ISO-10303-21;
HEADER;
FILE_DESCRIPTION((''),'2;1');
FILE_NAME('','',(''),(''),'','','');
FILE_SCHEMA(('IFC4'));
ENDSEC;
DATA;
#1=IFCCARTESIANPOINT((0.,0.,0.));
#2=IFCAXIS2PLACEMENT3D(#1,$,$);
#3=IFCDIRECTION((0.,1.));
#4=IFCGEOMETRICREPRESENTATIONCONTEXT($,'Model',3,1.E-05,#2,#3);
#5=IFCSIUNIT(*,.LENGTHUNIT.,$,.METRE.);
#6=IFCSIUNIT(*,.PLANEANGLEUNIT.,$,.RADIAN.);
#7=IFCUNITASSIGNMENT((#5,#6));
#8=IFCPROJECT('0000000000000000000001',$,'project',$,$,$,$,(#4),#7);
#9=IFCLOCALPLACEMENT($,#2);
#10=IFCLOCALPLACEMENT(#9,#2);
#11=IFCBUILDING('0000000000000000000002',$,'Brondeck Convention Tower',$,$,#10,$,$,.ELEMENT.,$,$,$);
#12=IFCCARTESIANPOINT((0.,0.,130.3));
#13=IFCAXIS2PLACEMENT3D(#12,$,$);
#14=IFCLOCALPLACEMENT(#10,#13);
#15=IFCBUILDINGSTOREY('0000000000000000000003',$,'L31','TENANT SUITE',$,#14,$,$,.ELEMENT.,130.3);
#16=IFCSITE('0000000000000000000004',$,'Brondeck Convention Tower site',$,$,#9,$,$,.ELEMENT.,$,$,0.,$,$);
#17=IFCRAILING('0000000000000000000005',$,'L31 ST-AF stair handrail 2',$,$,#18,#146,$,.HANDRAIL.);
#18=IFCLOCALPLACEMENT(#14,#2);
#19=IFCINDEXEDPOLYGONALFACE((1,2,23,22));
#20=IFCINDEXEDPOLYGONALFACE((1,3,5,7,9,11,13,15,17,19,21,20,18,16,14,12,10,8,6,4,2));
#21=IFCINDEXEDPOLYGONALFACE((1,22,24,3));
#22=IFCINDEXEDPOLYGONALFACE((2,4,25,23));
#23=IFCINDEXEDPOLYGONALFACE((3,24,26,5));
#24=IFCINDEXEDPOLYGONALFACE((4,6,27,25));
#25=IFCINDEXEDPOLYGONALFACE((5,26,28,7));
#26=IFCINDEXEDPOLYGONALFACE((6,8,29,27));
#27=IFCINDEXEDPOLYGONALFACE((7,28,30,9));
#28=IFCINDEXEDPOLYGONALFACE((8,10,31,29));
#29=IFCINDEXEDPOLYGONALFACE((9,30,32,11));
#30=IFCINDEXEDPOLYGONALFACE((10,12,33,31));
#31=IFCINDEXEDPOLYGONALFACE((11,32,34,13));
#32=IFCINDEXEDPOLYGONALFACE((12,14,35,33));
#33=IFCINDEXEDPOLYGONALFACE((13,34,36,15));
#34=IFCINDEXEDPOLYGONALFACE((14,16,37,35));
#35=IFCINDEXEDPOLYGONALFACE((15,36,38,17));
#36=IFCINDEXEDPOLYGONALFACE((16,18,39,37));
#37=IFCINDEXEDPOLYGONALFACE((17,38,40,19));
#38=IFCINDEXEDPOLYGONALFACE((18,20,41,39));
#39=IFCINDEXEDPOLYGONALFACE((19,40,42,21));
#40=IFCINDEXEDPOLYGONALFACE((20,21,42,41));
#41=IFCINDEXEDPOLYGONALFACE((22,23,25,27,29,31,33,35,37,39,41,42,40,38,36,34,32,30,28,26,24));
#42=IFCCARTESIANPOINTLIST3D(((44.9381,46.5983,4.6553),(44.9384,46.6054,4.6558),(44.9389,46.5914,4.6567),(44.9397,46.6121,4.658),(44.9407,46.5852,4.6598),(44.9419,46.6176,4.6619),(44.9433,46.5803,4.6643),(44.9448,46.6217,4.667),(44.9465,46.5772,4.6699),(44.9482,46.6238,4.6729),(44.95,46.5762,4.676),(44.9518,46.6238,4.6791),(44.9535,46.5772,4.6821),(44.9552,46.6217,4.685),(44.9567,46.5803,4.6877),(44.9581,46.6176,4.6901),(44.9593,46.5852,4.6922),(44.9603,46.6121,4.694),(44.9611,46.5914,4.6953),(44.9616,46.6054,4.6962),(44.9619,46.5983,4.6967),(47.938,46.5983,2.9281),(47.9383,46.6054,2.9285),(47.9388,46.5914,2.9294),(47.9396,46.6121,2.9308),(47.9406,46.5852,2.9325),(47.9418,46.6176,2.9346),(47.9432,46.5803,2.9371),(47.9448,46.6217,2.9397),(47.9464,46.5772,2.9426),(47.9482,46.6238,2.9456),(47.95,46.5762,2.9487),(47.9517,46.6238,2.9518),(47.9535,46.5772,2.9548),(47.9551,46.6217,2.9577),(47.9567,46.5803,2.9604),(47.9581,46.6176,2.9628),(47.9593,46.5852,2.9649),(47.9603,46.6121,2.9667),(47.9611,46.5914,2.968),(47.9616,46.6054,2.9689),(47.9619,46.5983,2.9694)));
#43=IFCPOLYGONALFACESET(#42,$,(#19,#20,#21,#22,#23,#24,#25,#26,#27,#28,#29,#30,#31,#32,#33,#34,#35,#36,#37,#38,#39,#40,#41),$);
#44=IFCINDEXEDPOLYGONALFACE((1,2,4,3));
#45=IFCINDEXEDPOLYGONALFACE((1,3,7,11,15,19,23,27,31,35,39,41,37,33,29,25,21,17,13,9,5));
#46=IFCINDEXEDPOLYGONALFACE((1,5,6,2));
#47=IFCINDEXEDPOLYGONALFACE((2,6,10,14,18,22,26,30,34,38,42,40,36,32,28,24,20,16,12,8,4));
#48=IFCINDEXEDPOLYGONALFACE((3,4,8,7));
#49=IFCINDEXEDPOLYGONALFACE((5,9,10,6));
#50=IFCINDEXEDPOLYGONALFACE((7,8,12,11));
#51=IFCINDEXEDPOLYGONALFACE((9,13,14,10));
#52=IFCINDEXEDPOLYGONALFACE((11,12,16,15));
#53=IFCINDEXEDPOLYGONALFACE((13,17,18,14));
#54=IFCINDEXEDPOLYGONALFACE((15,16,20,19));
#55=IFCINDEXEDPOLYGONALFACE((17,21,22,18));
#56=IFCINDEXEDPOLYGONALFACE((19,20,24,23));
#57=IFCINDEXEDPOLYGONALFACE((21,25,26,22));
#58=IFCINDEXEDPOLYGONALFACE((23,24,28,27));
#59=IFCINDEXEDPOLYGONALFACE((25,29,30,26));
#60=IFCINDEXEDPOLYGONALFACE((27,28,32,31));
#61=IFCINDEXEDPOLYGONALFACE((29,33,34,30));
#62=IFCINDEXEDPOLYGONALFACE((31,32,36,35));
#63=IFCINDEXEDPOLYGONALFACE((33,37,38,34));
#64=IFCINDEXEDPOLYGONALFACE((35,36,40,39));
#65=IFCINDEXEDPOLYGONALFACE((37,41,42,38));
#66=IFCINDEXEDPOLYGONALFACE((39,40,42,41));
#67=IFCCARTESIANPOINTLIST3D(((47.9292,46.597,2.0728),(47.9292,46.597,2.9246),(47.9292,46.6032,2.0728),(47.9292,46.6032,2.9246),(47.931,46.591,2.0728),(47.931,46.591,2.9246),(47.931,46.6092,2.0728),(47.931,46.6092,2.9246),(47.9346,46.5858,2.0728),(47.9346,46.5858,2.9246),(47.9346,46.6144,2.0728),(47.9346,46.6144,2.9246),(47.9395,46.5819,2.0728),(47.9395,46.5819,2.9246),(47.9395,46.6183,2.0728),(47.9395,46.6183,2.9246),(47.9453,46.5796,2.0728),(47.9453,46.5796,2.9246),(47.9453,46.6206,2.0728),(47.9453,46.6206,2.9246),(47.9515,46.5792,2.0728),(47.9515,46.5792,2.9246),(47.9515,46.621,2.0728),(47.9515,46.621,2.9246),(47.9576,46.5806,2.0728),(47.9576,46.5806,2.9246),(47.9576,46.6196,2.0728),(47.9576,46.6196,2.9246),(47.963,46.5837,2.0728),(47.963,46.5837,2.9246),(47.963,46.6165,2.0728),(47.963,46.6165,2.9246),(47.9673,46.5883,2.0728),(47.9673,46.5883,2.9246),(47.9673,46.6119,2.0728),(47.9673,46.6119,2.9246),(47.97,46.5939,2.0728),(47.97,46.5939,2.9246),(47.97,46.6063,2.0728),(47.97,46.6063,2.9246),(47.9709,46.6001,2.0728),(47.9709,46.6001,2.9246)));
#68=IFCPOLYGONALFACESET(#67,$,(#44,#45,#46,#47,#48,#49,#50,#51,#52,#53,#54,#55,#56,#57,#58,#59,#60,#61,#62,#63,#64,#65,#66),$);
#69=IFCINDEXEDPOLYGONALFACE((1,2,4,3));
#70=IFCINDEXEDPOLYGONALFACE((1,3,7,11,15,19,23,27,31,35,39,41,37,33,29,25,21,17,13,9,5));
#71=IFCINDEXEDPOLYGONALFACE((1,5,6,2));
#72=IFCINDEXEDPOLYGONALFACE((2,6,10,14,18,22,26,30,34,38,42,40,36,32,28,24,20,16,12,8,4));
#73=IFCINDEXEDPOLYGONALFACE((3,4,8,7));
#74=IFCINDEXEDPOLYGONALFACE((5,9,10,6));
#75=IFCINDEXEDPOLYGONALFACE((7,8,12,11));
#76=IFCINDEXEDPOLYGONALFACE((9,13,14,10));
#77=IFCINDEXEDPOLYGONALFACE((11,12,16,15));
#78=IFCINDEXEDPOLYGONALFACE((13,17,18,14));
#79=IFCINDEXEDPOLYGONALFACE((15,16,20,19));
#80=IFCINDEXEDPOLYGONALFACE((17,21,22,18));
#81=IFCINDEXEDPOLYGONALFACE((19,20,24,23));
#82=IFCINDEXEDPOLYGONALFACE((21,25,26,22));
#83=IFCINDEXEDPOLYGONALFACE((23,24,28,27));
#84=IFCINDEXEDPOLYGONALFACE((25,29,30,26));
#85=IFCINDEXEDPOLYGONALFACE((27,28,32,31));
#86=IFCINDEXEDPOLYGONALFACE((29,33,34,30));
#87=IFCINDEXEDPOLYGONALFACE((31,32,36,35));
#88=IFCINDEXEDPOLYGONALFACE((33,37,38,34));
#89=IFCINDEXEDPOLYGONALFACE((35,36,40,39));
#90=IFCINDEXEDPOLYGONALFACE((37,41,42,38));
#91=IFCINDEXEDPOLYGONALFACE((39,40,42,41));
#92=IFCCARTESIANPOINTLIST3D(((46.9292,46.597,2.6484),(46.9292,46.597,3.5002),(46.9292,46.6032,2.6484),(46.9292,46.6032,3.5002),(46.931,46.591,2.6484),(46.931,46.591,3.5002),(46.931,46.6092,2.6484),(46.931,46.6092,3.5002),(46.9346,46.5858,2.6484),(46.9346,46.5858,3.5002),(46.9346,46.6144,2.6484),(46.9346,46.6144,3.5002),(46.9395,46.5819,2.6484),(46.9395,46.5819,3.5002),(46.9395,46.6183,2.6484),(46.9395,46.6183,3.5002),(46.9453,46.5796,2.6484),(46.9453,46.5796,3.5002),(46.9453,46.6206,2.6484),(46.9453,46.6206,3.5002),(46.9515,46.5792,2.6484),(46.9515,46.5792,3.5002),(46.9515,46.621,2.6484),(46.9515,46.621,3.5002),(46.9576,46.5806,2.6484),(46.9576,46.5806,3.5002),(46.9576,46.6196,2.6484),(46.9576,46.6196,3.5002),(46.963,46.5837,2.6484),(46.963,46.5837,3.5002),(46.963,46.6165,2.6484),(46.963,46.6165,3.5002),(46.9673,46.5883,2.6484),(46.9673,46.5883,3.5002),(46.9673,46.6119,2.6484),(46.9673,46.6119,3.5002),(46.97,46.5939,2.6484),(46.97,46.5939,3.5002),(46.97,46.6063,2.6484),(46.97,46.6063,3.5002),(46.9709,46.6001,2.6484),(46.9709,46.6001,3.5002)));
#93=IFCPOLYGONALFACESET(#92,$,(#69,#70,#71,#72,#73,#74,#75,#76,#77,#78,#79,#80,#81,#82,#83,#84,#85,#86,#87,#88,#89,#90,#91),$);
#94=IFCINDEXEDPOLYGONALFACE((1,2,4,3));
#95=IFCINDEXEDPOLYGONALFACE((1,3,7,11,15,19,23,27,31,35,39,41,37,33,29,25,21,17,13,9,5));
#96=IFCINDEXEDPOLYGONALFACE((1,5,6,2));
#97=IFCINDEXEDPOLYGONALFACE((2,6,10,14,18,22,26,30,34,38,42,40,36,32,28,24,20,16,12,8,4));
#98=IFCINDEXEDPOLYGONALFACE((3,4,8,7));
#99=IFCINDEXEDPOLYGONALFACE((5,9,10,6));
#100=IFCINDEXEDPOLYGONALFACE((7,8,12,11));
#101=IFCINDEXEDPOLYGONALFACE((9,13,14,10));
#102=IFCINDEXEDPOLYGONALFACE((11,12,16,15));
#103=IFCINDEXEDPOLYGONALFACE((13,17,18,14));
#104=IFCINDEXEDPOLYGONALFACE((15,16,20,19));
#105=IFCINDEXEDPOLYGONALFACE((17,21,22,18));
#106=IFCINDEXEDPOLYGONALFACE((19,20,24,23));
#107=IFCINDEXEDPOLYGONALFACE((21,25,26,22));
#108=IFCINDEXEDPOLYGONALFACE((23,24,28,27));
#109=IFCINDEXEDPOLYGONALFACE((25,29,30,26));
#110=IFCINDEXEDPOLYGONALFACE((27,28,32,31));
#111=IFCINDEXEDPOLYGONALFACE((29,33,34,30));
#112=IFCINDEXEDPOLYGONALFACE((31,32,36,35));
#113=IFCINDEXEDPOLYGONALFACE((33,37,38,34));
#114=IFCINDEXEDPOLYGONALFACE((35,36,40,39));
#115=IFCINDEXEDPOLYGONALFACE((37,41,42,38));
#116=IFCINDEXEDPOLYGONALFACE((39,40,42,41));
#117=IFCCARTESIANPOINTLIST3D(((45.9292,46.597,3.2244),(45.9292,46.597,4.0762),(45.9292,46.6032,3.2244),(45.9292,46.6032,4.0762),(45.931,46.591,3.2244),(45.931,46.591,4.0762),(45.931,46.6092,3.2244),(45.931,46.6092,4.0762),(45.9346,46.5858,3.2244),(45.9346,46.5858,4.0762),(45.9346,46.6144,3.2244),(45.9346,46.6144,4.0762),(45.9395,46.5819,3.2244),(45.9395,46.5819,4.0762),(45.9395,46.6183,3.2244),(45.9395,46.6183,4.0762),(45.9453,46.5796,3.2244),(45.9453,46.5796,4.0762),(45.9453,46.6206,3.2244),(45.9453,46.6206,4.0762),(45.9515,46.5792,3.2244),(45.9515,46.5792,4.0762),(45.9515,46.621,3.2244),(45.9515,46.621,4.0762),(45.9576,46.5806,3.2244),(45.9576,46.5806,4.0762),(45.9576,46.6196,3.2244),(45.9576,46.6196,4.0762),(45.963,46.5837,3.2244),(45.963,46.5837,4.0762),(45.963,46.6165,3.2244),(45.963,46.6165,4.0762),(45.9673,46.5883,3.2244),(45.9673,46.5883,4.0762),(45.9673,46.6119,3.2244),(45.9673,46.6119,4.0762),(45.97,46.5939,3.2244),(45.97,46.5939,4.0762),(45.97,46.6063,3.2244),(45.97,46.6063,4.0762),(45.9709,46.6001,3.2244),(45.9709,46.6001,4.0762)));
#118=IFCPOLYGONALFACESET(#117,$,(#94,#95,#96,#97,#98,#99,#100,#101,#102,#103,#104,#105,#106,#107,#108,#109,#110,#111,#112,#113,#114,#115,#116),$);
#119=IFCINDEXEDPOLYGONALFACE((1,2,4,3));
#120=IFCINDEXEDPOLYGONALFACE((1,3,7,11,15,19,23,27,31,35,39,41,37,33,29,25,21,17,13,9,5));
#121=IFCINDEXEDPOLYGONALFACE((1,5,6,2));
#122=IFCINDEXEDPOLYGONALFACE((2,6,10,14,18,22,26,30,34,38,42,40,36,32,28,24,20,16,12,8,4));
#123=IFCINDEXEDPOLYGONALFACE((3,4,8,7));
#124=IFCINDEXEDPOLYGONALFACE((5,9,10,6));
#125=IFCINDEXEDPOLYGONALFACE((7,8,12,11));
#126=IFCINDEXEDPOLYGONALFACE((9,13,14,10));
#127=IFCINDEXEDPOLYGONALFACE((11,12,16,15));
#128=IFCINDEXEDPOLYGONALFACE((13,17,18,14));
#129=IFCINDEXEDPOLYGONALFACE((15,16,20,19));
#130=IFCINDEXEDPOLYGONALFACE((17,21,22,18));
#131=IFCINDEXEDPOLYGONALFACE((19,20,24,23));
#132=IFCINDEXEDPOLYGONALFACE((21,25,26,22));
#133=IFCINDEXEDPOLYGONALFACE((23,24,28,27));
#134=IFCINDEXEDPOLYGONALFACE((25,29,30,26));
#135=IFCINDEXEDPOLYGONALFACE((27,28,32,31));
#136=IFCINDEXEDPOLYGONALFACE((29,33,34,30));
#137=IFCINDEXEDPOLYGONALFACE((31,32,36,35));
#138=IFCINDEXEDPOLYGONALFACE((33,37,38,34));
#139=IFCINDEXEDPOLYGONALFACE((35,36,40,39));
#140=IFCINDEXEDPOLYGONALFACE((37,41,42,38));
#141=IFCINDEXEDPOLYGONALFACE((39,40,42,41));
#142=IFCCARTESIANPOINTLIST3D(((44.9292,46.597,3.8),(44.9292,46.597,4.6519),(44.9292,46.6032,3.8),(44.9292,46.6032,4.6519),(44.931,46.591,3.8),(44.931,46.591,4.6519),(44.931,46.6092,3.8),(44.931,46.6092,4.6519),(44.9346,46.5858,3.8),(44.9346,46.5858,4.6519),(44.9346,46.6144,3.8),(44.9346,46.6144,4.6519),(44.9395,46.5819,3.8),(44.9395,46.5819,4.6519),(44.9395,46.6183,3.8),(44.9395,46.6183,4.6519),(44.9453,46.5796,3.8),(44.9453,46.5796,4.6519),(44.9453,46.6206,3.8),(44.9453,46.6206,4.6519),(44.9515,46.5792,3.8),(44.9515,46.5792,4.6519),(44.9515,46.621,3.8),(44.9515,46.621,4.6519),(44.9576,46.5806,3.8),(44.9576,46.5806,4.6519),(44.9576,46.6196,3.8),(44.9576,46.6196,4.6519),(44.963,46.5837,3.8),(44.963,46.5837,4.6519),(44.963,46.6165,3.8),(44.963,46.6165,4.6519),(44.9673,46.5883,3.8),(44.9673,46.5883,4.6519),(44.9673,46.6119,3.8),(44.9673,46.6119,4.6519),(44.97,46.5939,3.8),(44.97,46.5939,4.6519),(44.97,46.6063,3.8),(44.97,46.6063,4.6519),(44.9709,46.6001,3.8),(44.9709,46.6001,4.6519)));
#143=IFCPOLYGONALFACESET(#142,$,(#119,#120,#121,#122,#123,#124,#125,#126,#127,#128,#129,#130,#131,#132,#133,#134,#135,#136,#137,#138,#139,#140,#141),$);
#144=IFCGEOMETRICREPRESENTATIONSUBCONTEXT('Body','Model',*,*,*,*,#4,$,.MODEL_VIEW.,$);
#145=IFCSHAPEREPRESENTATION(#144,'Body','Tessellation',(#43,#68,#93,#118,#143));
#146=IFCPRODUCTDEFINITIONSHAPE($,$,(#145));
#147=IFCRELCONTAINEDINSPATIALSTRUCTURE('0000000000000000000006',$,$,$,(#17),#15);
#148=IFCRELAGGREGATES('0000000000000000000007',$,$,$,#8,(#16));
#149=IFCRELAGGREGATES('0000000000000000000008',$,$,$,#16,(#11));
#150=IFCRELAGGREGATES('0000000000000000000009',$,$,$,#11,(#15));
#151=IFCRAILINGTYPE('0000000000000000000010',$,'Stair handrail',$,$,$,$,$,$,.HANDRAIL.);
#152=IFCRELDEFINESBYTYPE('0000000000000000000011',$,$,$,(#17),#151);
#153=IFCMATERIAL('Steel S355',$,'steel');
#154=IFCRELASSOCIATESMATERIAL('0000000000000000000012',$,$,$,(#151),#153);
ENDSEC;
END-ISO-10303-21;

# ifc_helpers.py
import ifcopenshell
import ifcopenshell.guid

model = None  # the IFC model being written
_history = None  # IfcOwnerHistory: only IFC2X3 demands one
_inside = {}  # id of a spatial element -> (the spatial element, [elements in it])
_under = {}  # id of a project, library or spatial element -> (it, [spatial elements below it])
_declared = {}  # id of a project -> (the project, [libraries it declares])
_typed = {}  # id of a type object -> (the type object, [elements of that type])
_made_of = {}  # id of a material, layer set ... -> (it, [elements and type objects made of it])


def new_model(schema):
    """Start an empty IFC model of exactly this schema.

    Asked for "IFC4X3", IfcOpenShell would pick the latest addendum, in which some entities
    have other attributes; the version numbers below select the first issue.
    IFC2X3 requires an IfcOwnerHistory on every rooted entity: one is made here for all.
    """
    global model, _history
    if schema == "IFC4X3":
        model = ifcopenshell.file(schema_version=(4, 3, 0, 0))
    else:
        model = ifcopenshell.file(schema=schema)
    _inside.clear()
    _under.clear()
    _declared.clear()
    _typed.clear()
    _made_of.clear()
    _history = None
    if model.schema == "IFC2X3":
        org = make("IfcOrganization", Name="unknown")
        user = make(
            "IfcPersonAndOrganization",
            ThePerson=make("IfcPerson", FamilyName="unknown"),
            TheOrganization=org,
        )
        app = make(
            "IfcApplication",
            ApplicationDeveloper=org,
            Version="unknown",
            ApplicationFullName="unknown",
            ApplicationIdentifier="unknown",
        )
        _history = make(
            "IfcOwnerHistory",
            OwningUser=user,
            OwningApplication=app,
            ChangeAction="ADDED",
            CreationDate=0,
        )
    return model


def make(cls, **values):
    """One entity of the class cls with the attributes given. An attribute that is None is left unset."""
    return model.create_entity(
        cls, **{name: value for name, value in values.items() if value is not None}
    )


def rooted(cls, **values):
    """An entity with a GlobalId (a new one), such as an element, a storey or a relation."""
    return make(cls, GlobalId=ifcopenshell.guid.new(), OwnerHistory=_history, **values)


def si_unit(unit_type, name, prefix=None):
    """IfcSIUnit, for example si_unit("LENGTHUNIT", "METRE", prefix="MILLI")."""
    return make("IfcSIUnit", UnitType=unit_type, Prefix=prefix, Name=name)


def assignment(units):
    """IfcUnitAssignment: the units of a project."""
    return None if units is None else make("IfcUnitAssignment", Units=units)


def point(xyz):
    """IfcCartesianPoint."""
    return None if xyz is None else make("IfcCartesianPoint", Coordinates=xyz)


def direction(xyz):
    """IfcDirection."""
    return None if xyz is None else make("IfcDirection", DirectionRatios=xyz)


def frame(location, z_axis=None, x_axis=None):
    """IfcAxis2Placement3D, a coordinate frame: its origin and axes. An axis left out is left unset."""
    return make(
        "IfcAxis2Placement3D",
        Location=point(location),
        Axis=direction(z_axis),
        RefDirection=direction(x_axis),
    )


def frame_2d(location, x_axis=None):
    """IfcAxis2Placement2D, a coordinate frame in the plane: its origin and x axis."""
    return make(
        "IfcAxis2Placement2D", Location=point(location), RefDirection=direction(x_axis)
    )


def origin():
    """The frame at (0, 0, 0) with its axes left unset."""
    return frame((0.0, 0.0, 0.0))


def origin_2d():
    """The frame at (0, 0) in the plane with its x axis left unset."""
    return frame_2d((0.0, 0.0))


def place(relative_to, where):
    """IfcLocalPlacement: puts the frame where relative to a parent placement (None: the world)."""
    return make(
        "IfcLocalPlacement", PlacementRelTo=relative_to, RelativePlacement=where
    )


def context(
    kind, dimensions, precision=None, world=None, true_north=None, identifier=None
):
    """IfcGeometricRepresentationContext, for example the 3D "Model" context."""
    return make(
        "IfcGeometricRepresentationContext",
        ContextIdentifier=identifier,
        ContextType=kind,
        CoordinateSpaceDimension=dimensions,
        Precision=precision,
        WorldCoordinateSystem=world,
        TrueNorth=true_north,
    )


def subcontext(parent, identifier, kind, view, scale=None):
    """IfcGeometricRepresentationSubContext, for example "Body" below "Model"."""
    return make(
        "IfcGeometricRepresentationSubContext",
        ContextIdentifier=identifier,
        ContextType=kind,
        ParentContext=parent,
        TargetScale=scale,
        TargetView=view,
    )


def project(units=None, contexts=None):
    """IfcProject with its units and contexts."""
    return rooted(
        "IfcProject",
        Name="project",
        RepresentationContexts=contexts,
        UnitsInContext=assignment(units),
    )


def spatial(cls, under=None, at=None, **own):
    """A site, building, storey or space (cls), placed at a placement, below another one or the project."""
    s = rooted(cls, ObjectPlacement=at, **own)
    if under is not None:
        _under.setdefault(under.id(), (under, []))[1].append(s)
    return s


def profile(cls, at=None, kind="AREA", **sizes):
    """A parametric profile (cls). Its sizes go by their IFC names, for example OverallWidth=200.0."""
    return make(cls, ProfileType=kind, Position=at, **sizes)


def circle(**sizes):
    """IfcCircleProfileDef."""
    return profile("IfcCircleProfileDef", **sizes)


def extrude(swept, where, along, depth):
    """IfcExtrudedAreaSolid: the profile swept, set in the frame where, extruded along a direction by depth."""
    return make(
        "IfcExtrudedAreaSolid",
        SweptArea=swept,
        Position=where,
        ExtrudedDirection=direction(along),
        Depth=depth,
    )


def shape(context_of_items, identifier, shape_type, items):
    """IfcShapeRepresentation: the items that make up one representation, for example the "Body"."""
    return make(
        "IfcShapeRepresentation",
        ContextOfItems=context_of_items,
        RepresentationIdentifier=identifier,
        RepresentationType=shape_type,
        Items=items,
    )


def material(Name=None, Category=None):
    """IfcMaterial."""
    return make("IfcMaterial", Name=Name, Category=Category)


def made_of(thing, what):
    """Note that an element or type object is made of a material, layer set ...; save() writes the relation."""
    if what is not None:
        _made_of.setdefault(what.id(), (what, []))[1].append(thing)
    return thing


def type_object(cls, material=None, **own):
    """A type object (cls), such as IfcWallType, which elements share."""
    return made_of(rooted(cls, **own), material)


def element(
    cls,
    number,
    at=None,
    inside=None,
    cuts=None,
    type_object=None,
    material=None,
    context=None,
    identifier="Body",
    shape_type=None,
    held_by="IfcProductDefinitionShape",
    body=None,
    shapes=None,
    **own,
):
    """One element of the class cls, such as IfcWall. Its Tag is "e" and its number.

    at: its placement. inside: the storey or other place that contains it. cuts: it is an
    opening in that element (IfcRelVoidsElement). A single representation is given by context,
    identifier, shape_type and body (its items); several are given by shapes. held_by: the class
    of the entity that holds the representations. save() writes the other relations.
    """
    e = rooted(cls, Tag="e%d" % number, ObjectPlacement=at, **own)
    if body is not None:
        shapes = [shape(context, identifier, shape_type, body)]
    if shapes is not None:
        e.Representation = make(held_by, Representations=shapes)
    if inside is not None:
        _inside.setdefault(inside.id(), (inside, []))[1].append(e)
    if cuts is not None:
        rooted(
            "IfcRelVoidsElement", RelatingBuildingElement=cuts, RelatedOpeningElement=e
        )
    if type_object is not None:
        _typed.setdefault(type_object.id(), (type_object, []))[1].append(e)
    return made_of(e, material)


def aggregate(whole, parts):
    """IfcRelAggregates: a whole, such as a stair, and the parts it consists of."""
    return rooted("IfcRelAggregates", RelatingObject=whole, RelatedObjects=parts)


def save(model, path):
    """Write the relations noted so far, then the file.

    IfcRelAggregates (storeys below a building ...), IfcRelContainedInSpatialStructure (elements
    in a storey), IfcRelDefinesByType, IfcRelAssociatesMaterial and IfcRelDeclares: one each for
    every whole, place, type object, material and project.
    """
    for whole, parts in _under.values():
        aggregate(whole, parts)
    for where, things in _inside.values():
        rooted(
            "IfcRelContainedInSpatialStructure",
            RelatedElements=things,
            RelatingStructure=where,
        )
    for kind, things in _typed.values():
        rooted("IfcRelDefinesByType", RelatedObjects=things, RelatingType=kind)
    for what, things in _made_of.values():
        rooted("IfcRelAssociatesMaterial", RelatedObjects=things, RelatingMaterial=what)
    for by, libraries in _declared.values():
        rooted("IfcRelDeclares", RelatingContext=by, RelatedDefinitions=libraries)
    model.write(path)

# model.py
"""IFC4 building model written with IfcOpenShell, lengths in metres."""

from ifc_helpers import new_model, si_unit, direction, frame, origin, origin_2d, place, context, subcontext, project, spatial, circle, extrude, material, type_object, element, save


model = new_model("IFC4")

# Units and contexts
model_context = context("Model", 3, precision=1e-05, world=origin(), true_north=direction((0.0, 1.0)))
body_context = subcontext(model_context, "Body", "Model", "MODEL_VIEW")
ifc_project = project(units=[si_unit("LENGTHUNIT", "METRE"), si_unit("PLANEANGLEUNIT", "RADIAN")], contexts=[model_context])

# Site, building, storey
site_placement = place(None, origin())
site = spatial("IfcSite", under=ifc_project, at=site_placement, Name="Brondeck Convention Tower site", CompositionType="ELEMENT", RefElevation=0.0)
building_placement = place(site_placement, origin())
building = spatial("IfcBuilding", under=site, at=building_placement, Name="Brondeck Convention Tower", CompositionType="ELEMENT")
storey_placement = place(building_placement, frame((0.0, 0.0, 130.3)))
storey = spatial("IfcBuildingStorey", under=building, at=storey_placement, Name="L31", Description="TENANT SUITE", CompositionType="ELEMENT", Elevation=130.3)

# Shared definitions
ifc_material_1 = material(Name="Steel S355", Category="steel")

# Railing
railing_type_1 = type_object("IfcRailingType", Name="Stair handrail", PredefinedType="HANDRAIL", material=ifc_material_1)
railing_1_placement = place(storey_placement, frame((47.95, 46.6001, 2.0728)))
element("IfcRailing", 1, at=railing_1_placement, inside=storey, type_object=railing_type_1, Name="L31 ST-AF stair handrail 2", PredefinedType="HANDRAIL", context=body_context, shape_type="SweptSolid", body=[
    extrude(circle(Radius=0.0239, at=origin_2d()), frame((0.0, 0.0, 0.876), z_axis=(-0.86662, 0.0, 0.498969), x_axis=(0.0, -1.0, 0.0)), (0.0, 0.0, 1.0), 3.4617),
    extrude(circle(Radius=0.021, at=origin_2d()), origin(), (0.0, 0.0, 1.0), 0.8518),
    extrude(circle(Radius=0.021, at=origin_2d()), frame((-1.0, 0.0, 0.5757)), (0.0, 0.0, 1.0), 0.8518),
    extrude(circle(Radius=0.021, at=origin_2d()), frame((-2.0, 0.0, 1.1516)), (0.0, 0.0, 1.0), 0.8518),
    extrude(circle(Radius=0.021, at=origin_2d()), frame((-3.0, 0.0, 1.7273)), (0.0, 0.0, 1.0), 0.8518),
])

save(model, "model.ifc")
